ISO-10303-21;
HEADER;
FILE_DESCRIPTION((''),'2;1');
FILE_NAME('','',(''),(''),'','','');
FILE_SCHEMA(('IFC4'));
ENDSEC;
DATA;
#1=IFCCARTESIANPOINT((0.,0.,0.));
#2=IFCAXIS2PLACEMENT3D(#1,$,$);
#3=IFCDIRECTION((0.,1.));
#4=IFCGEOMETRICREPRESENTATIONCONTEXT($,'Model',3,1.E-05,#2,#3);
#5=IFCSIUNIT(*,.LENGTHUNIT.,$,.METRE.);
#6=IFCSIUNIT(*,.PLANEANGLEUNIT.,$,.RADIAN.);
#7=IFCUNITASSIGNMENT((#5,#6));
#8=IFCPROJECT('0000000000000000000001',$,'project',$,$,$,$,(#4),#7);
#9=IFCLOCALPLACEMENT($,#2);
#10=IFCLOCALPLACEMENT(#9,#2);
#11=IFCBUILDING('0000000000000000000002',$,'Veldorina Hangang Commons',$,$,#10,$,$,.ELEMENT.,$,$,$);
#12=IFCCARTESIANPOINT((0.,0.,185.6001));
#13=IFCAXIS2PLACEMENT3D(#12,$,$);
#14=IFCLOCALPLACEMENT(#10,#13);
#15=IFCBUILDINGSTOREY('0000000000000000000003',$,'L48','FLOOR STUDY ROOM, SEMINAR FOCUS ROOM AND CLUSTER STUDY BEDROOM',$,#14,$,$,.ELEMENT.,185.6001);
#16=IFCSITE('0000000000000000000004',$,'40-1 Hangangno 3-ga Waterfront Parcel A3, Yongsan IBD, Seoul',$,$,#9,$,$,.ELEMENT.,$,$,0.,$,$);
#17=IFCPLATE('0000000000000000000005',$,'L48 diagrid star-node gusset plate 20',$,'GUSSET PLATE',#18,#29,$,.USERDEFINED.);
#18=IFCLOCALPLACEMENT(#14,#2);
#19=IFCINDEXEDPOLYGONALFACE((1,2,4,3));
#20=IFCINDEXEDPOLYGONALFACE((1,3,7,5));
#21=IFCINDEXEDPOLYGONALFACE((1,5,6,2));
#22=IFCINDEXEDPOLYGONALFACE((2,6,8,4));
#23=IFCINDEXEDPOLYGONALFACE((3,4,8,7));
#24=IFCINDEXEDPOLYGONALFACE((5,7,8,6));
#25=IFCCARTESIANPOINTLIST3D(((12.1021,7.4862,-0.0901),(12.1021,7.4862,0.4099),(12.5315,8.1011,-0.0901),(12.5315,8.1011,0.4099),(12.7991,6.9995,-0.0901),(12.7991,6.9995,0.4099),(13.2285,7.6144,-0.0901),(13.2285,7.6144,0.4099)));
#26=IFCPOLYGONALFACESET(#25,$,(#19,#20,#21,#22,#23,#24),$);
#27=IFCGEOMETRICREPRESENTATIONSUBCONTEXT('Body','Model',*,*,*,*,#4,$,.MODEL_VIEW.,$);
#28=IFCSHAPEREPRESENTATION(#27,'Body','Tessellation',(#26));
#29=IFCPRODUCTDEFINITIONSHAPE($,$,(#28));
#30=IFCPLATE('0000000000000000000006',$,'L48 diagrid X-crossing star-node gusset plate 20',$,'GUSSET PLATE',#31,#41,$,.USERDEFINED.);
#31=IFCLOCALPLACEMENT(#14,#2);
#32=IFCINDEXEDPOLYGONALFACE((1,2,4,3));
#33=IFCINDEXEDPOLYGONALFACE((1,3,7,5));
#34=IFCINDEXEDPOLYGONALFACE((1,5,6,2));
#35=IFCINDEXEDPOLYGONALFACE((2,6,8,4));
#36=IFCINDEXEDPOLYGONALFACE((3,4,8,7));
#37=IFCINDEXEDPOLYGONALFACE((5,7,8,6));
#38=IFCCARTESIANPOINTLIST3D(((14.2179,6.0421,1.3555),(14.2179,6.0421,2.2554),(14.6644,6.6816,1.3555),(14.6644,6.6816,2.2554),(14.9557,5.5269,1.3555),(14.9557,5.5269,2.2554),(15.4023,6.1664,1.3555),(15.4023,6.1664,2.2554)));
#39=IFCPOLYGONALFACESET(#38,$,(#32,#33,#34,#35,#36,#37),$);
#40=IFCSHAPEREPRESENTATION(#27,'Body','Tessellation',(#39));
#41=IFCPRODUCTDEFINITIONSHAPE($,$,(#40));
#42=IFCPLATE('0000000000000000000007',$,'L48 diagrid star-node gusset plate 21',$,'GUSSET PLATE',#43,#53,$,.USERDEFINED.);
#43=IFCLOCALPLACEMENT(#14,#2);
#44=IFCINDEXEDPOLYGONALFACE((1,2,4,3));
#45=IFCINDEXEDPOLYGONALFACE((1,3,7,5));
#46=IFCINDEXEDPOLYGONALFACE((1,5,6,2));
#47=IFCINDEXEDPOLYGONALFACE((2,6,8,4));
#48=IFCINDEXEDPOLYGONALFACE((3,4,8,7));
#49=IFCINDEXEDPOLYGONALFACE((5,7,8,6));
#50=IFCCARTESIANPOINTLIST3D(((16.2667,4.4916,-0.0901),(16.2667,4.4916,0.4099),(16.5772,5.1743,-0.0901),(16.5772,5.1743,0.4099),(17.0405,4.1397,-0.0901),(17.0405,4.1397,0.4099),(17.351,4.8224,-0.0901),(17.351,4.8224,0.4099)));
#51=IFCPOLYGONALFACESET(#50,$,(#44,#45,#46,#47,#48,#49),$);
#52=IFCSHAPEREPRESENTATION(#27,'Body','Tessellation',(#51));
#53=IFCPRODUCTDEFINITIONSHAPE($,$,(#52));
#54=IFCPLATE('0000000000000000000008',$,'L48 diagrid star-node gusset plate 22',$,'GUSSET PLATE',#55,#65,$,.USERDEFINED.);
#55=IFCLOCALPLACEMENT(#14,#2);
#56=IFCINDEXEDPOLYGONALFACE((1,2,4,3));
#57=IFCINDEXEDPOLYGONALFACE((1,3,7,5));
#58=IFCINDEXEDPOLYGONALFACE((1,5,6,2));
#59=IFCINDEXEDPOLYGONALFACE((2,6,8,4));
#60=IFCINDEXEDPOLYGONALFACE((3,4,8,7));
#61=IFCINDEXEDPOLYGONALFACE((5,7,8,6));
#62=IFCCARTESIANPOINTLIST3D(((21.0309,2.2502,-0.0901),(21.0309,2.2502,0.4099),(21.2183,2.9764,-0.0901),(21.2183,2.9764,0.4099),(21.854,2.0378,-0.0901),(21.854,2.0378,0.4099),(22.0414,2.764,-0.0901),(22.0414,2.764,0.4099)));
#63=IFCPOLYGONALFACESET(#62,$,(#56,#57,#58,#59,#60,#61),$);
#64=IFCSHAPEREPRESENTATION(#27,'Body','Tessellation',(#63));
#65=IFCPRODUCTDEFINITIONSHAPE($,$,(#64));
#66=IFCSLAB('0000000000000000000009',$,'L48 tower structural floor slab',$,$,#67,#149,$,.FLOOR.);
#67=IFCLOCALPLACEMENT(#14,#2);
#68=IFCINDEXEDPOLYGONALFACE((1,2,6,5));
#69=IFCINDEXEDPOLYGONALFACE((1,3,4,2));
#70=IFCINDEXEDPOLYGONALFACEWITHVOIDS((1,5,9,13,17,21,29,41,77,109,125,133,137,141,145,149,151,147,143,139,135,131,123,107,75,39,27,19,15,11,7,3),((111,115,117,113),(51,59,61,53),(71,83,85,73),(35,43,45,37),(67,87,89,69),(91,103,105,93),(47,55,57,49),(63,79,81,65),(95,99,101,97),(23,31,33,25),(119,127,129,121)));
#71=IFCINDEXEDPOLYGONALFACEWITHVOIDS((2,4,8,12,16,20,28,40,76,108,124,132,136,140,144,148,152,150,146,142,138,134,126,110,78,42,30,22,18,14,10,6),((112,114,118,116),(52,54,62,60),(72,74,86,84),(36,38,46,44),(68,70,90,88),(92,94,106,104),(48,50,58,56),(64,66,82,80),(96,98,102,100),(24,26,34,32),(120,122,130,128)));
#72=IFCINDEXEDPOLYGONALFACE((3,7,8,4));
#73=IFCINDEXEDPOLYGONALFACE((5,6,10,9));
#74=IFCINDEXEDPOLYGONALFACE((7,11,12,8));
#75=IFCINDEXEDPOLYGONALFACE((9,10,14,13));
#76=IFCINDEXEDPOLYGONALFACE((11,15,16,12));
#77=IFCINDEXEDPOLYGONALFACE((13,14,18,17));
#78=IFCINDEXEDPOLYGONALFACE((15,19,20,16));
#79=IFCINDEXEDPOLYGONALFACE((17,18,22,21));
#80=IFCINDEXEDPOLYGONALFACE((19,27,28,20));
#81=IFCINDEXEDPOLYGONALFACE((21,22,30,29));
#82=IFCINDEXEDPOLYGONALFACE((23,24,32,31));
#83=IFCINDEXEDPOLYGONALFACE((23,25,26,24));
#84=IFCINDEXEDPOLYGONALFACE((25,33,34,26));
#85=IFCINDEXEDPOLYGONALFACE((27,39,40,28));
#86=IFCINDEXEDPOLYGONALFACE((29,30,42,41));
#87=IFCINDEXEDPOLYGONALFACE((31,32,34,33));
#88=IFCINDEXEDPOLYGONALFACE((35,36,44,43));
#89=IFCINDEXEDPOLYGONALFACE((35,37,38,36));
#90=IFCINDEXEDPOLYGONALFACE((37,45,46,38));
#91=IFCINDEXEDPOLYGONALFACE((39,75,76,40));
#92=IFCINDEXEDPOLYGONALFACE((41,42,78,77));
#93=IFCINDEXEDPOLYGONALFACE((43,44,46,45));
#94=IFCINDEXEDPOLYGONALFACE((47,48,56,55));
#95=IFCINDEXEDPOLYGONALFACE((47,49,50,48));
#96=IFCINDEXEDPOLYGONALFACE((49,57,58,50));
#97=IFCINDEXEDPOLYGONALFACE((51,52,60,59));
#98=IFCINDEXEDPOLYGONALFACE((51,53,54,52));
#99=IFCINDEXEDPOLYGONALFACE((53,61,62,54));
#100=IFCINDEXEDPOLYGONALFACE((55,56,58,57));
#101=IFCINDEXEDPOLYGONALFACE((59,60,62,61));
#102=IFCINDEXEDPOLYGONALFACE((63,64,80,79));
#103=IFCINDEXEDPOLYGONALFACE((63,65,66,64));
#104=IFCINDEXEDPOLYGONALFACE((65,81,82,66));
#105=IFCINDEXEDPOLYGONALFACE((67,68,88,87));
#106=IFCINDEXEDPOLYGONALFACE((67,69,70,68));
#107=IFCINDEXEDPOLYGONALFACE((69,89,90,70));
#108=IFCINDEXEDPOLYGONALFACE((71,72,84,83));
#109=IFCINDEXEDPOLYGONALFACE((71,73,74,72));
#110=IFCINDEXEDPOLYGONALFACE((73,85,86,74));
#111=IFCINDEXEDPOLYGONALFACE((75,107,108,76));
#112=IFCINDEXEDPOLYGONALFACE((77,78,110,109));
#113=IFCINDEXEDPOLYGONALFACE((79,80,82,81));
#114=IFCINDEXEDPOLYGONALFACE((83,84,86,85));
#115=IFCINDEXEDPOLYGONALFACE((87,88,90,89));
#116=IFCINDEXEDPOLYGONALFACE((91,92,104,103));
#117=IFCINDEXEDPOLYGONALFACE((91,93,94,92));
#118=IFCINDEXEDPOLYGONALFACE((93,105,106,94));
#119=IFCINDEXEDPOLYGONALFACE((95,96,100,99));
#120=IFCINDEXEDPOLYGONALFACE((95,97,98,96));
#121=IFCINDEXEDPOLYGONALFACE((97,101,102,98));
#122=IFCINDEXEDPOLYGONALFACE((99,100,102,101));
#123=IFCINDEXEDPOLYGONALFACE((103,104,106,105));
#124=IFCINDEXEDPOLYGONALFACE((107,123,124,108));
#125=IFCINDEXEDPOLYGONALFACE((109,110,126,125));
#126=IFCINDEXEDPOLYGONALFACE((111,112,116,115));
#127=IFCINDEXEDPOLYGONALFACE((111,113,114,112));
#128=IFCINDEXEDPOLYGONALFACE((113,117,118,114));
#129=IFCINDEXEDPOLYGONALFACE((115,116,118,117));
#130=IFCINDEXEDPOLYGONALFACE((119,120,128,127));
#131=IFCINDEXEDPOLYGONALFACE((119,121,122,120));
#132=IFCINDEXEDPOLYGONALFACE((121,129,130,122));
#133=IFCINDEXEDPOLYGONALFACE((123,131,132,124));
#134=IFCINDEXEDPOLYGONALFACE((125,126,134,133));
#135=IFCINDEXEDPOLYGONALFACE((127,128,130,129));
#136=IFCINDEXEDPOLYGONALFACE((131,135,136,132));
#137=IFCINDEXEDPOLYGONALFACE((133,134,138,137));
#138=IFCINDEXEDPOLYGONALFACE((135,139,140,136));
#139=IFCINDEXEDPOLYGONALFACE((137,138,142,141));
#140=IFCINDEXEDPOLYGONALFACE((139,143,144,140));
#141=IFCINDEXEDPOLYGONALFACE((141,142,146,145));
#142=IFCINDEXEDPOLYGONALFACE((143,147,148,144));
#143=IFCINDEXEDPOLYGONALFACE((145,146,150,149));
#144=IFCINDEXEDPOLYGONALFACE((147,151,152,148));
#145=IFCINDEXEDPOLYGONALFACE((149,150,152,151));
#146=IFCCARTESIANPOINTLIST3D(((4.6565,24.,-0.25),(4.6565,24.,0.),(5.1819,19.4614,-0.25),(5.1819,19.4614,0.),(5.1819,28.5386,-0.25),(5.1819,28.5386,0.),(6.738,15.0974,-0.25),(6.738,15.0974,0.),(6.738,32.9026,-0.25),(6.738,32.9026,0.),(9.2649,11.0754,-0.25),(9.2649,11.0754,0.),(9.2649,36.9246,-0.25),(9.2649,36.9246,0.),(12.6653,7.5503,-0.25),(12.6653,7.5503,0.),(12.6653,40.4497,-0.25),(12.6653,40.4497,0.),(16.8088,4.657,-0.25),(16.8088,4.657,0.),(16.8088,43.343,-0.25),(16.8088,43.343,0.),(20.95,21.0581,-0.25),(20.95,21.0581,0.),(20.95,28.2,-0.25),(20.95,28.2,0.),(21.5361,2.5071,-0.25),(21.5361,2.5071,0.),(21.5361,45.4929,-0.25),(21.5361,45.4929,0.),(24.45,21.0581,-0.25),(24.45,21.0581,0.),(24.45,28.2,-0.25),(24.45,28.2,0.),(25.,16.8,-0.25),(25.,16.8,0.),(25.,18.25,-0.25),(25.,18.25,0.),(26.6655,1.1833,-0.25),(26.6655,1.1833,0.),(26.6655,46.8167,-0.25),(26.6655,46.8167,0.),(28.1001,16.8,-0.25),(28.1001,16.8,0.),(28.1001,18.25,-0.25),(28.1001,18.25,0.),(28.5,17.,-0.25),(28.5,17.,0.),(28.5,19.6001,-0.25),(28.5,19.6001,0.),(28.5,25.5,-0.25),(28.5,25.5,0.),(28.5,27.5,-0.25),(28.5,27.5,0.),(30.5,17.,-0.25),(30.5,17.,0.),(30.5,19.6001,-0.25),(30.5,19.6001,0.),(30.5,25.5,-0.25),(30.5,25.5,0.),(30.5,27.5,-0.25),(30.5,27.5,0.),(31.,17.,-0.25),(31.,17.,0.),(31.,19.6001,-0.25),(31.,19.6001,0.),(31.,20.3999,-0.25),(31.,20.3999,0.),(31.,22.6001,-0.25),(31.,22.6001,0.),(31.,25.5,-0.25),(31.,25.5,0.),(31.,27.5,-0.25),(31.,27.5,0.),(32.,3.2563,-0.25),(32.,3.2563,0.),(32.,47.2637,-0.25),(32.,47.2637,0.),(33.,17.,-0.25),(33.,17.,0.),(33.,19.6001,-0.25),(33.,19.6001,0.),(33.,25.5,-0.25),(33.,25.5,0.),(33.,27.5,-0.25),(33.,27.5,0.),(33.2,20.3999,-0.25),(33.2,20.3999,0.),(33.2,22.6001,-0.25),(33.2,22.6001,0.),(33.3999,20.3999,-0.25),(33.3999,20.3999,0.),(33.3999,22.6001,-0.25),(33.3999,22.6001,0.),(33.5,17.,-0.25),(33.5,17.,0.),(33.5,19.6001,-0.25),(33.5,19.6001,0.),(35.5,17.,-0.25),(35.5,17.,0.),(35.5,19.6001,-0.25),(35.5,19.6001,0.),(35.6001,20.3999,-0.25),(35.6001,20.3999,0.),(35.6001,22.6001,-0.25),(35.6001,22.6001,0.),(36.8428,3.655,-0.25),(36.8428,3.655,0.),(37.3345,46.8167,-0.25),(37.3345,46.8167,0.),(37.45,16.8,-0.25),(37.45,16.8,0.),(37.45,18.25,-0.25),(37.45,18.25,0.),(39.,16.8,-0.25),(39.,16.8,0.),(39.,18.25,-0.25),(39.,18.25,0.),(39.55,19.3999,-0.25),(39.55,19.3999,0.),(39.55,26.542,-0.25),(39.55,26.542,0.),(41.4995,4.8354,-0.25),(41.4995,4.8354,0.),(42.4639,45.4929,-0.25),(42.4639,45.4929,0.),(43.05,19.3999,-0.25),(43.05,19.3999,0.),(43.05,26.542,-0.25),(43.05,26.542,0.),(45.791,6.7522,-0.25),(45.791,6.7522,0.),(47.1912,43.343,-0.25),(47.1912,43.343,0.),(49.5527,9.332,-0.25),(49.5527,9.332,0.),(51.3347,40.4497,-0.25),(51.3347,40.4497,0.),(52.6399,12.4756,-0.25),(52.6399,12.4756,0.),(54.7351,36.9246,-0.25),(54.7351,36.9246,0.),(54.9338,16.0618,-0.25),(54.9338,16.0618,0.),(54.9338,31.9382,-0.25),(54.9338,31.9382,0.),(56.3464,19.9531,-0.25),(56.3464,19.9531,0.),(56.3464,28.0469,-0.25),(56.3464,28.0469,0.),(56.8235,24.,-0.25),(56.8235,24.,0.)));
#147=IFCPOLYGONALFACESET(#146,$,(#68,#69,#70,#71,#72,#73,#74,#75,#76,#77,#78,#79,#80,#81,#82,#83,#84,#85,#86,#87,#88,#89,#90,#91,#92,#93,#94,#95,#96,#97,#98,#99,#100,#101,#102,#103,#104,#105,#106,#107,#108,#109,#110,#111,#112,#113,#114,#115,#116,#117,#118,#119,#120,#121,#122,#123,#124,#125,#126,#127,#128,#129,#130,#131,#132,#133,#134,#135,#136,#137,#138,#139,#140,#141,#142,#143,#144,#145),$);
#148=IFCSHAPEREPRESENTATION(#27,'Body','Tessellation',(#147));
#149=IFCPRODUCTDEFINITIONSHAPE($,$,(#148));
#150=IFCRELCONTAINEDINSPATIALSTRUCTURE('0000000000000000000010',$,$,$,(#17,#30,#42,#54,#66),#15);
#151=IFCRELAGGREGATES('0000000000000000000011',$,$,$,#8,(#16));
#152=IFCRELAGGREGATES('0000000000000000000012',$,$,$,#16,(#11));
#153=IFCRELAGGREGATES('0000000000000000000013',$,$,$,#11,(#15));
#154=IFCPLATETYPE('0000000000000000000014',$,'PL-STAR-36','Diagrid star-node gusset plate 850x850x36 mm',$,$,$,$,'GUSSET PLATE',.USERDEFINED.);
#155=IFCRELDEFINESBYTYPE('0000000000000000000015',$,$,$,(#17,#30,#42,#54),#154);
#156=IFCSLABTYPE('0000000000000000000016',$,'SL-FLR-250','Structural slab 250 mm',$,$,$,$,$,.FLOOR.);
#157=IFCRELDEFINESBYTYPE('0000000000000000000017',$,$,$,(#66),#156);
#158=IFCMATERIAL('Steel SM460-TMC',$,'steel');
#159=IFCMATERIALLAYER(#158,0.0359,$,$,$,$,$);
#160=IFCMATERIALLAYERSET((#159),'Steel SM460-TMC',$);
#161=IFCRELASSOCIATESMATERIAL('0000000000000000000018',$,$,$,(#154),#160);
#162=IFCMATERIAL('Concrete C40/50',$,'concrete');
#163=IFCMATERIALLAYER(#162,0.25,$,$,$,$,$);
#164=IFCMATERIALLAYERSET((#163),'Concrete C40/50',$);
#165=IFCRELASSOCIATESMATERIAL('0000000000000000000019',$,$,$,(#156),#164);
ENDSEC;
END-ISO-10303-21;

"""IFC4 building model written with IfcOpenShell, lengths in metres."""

from ifc_helpers import new_model, si_unit, direction, frame, origin, origin_2d, place, context, subcontext, project, spatial, polyline, rectangle, outline, extrude, material, layer, layer_set, type_object, element, save


model = new_model("IFC4")

# Units and contexts
model_context = context("Model", 3, precision=1e-05, world=origin(), true_north=direction((0.0, 1.0)))
body_context = subcontext(model_context, "Body", "Model", "MODEL_VIEW")
ifc_project = project(units=[si_unit("LENGTHUNIT", "METRE"), si_unit("PLANEANGLEUNIT", "RADIAN")], contexts=[model_context])

# Site, building, storey
site_placement = place(None, origin())
site = spatial("IfcSite", under=ifc_project, at=site_placement, Name="40-1 Hangangno 3-ga Waterfront Parcel A3, Yongsan IBD, Seoul", CompositionType="ELEMENT", RefElevation=0.0)
building_placement = place(site_placement, origin())
building = spatial("IfcBuilding", under=site, at=building_placement, Name="Veldorina Hangang Commons", CompositionType="ELEMENT")
storey_placement = place(building_placement, frame((0.0, 0.0, 185.6001)))
storey = spatial("IfcBuildingStorey", under=building, at=storey_placement, Name="L48", Description="FLOOR STUDY ROOM, SEMINAR FOCUS ROOM AND CLUSTER STUDY BEDROOM", CompositionType="ELEMENT", Elevation=185.6001)

# Plates
ifc_material_1 = material(Name="Steel SM460-TMC", Category="steel")
ifc_layer_1 = layer(ifc_material_1, 0.0359)
ifc_layer_set_1 = layer_set([ifc_layer_1], Name="Steel SM460-TMC")
plate_type = type_object("IfcPlateType", Name="PL-STAR-36", Description="Diagrid star-node gusset plate 850x850x36 mm", ElementType="GUSSET PLATE", PredefinedType="USERDEFINED", material=ifc_layer_set_1)
for number, where, z_axis, x_axis, name in (
    (1, (12.6653, 7.5503, -0.0901), (0.0, 0.0, 1.0), (0.819902, -0.572504, 0.0), "L48 diagrid star-node gusset plate 20"),
):
    element("IfcPlate", number, at=place(storey_placement, frame(where, z_axis=z_axis, x_axis=x_axis)), inside=storey, type_object=plate_type, Name=name, ObjectType="GUSSET PLATE", PredefinedType="USERDEFINED", context=body_context, shape_type="SweptSolid", body=[
        extrude(rectangle(XDim=0.8501, YDim=0.75, at=origin_2d()), origin(), (0.0, 0.0, 1.0), 0.5),
    ])
plate_placement = place(storey_placement, frame((14.8101, 6.1042, 1.3555), z_axis=(0.0, 0.0, 1.0), x_axis=(0.819902, -0.572504, 0.0)))
element("IfcPlate", 2, at=plate_placement, inside=storey, type_object=plate_type, Name="L48 diagrid X-crossing star-node gusset plate 20", ObjectType="GUSSET PLATE", PredefinedType="USERDEFINED", context=body_context, shape_type="SweptSolid", body=[
    extrude(rectangle(XDim=0.8999, YDim=0.78, at=origin_2d()), origin(), (0.0, 0.0, 1.0), 0.8999),
])
for number, where, z_axis, x_axis, name in (
    (3, (16.8088, 4.657, -0.0901), (0.0, 0.0, 1.0), (0.910294, -0.413963, 0.0), "L48 diagrid star-node gusset plate 21"),
    (4, (21.5361, 2.5071, -0.0901), (0.0, 0.0, 1.0), (0.968274, -0.24989, 0.0), "L48 diagrid star-node gusset plate 22"),
):
    element("IfcPlate", number, at=place(storey_placement, frame(where, z_axis=z_axis, x_axis=x_axis)), inside=storey, type_object=plate_type, Name=name, ObjectType="GUSSET PLATE", PredefinedType="USERDEFINED", context=body_context, shape_type="SweptSolid", body=[
        extrude(rectangle(XDim=0.8501, YDim=0.75, at=origin_2d()), origin(), (0.0, 0.0, 1.0), 0.5),
    ])

# Slab
ifc_material_2 = material(Name="Concrete C40/50", Category="concrete")
ifc_layer_2 = layer(ifc_material_2, 0.25)
ifc_layer_set_2 = layer_set([ifc_layer_2], Name="Concrete C40/50")
slab_type_1 = type_object("IfcSlabType", Name="SL-FLR-250", Description="Structural slab 250 mm", PredefinedType="FLOOR", material=ifc_layer_set_2)
slab_1_placement = place(storey_placement, frame((0.0, 0.0, -0.25)))
element("IfcSlab", 5, at=slab_1_placement, inside=storey, type_object=slab_type_1, Name="L48 tower structural floor slab", PredefinedType="FLOOR", context=body_context, shape_type="SweptSolid", body=[
    extrude(outline(polyline([(56.8235, 24.0), (56.3464, 28.0469), (54.9338, 31.9382), (54.7351, 36.9246), (51.3347, 40.4497), (47.1912, 43.343), (42.4639, 45.4929), (37.3345, 46.8167), (32.0, 47.2637), (26.6655, 46.8167), (21.5361, 45.4929), (16.8088, 43.343), (12.6653, 40.4497), (9.2649, 36.9246), (6.738, 32.9026), (5.1819, 28.5386), (4.6565, 24.0), (5.1819, 19.4614), (6.738, 15.0974), (9.2649, 11.0754), (12.6653, 7.5503), (16.8088, 4.657), (21.5361, 2.5071), (26.6655, 1.1833), (32.0, 3.2563), (36.8428, 3.655), (41.4995, 4.8354), (45.791, 6.7522), (49.5527, 9.332), (52.6399, 12.4756), (54.9338, 16.0618), (56.3464, 19.9531), (56.8235, 24.0)]), holes=[polyline([(20.95, 21.0581), (20.95, 28.2), (24.45, 28.2), (24.45, 21.0581), (20.95, 21.0581)]), polyline([(43.05, 26.542), (43.05, 19.3999), (39.55, 19.3999), (39.55, 26.542), (43.05, 26.542)]), polyline([(28.5, 27.5), (30.5, 27.5), (30.5, 25.5), (28.5, 25.5), (28.5, 27.5)]), polyline([(31.0, 27.5), (33.0, 27.5), (33.0, 25.5), (31.0, 25.5), (31.0, 27.5)]), polyline([(31.0, 22.6001), (33.2, 22.6001), (33.2, 20.3999), (31.0, 20.3999), (31.0, 22.6001)]), polyline([(33.3999, 22.6001), (35.6001, 22.6001), (35.6001, 20.3999), (33.3999, 20.3999), (33.3999, 22.6001)]), polyline([(28.5, 19.6001), (30.5, 19.6001), (30.5, 17.0), (28.5, 17.0), (28.5, 19.6001)]), polyline([(31.0, 19.6001), (33.0, 19.6001), (33.0, 17.0), (31.0, 17.0), (31.0, 19.6001)]), polyline([(33.5, 19.6001), (35.5, 19.6001), (35.5, 17.0), (33.5, 17.0), (33.5, 19.6001)]), polyline([(25.0, 18.25), (28.1001, 18.25), (28.1001, 16.8), (25.0, 16.8), (25.0, 18.25)]), polyline([(37.45, 18.25), (39.0, 18.25), (39.0, 16.8), (37.45, 16.8), (37.45, 18.25)])]), origin(), (0.0, 0.0, 1.0), 0.25),
])

save(model, "model.ifc")
